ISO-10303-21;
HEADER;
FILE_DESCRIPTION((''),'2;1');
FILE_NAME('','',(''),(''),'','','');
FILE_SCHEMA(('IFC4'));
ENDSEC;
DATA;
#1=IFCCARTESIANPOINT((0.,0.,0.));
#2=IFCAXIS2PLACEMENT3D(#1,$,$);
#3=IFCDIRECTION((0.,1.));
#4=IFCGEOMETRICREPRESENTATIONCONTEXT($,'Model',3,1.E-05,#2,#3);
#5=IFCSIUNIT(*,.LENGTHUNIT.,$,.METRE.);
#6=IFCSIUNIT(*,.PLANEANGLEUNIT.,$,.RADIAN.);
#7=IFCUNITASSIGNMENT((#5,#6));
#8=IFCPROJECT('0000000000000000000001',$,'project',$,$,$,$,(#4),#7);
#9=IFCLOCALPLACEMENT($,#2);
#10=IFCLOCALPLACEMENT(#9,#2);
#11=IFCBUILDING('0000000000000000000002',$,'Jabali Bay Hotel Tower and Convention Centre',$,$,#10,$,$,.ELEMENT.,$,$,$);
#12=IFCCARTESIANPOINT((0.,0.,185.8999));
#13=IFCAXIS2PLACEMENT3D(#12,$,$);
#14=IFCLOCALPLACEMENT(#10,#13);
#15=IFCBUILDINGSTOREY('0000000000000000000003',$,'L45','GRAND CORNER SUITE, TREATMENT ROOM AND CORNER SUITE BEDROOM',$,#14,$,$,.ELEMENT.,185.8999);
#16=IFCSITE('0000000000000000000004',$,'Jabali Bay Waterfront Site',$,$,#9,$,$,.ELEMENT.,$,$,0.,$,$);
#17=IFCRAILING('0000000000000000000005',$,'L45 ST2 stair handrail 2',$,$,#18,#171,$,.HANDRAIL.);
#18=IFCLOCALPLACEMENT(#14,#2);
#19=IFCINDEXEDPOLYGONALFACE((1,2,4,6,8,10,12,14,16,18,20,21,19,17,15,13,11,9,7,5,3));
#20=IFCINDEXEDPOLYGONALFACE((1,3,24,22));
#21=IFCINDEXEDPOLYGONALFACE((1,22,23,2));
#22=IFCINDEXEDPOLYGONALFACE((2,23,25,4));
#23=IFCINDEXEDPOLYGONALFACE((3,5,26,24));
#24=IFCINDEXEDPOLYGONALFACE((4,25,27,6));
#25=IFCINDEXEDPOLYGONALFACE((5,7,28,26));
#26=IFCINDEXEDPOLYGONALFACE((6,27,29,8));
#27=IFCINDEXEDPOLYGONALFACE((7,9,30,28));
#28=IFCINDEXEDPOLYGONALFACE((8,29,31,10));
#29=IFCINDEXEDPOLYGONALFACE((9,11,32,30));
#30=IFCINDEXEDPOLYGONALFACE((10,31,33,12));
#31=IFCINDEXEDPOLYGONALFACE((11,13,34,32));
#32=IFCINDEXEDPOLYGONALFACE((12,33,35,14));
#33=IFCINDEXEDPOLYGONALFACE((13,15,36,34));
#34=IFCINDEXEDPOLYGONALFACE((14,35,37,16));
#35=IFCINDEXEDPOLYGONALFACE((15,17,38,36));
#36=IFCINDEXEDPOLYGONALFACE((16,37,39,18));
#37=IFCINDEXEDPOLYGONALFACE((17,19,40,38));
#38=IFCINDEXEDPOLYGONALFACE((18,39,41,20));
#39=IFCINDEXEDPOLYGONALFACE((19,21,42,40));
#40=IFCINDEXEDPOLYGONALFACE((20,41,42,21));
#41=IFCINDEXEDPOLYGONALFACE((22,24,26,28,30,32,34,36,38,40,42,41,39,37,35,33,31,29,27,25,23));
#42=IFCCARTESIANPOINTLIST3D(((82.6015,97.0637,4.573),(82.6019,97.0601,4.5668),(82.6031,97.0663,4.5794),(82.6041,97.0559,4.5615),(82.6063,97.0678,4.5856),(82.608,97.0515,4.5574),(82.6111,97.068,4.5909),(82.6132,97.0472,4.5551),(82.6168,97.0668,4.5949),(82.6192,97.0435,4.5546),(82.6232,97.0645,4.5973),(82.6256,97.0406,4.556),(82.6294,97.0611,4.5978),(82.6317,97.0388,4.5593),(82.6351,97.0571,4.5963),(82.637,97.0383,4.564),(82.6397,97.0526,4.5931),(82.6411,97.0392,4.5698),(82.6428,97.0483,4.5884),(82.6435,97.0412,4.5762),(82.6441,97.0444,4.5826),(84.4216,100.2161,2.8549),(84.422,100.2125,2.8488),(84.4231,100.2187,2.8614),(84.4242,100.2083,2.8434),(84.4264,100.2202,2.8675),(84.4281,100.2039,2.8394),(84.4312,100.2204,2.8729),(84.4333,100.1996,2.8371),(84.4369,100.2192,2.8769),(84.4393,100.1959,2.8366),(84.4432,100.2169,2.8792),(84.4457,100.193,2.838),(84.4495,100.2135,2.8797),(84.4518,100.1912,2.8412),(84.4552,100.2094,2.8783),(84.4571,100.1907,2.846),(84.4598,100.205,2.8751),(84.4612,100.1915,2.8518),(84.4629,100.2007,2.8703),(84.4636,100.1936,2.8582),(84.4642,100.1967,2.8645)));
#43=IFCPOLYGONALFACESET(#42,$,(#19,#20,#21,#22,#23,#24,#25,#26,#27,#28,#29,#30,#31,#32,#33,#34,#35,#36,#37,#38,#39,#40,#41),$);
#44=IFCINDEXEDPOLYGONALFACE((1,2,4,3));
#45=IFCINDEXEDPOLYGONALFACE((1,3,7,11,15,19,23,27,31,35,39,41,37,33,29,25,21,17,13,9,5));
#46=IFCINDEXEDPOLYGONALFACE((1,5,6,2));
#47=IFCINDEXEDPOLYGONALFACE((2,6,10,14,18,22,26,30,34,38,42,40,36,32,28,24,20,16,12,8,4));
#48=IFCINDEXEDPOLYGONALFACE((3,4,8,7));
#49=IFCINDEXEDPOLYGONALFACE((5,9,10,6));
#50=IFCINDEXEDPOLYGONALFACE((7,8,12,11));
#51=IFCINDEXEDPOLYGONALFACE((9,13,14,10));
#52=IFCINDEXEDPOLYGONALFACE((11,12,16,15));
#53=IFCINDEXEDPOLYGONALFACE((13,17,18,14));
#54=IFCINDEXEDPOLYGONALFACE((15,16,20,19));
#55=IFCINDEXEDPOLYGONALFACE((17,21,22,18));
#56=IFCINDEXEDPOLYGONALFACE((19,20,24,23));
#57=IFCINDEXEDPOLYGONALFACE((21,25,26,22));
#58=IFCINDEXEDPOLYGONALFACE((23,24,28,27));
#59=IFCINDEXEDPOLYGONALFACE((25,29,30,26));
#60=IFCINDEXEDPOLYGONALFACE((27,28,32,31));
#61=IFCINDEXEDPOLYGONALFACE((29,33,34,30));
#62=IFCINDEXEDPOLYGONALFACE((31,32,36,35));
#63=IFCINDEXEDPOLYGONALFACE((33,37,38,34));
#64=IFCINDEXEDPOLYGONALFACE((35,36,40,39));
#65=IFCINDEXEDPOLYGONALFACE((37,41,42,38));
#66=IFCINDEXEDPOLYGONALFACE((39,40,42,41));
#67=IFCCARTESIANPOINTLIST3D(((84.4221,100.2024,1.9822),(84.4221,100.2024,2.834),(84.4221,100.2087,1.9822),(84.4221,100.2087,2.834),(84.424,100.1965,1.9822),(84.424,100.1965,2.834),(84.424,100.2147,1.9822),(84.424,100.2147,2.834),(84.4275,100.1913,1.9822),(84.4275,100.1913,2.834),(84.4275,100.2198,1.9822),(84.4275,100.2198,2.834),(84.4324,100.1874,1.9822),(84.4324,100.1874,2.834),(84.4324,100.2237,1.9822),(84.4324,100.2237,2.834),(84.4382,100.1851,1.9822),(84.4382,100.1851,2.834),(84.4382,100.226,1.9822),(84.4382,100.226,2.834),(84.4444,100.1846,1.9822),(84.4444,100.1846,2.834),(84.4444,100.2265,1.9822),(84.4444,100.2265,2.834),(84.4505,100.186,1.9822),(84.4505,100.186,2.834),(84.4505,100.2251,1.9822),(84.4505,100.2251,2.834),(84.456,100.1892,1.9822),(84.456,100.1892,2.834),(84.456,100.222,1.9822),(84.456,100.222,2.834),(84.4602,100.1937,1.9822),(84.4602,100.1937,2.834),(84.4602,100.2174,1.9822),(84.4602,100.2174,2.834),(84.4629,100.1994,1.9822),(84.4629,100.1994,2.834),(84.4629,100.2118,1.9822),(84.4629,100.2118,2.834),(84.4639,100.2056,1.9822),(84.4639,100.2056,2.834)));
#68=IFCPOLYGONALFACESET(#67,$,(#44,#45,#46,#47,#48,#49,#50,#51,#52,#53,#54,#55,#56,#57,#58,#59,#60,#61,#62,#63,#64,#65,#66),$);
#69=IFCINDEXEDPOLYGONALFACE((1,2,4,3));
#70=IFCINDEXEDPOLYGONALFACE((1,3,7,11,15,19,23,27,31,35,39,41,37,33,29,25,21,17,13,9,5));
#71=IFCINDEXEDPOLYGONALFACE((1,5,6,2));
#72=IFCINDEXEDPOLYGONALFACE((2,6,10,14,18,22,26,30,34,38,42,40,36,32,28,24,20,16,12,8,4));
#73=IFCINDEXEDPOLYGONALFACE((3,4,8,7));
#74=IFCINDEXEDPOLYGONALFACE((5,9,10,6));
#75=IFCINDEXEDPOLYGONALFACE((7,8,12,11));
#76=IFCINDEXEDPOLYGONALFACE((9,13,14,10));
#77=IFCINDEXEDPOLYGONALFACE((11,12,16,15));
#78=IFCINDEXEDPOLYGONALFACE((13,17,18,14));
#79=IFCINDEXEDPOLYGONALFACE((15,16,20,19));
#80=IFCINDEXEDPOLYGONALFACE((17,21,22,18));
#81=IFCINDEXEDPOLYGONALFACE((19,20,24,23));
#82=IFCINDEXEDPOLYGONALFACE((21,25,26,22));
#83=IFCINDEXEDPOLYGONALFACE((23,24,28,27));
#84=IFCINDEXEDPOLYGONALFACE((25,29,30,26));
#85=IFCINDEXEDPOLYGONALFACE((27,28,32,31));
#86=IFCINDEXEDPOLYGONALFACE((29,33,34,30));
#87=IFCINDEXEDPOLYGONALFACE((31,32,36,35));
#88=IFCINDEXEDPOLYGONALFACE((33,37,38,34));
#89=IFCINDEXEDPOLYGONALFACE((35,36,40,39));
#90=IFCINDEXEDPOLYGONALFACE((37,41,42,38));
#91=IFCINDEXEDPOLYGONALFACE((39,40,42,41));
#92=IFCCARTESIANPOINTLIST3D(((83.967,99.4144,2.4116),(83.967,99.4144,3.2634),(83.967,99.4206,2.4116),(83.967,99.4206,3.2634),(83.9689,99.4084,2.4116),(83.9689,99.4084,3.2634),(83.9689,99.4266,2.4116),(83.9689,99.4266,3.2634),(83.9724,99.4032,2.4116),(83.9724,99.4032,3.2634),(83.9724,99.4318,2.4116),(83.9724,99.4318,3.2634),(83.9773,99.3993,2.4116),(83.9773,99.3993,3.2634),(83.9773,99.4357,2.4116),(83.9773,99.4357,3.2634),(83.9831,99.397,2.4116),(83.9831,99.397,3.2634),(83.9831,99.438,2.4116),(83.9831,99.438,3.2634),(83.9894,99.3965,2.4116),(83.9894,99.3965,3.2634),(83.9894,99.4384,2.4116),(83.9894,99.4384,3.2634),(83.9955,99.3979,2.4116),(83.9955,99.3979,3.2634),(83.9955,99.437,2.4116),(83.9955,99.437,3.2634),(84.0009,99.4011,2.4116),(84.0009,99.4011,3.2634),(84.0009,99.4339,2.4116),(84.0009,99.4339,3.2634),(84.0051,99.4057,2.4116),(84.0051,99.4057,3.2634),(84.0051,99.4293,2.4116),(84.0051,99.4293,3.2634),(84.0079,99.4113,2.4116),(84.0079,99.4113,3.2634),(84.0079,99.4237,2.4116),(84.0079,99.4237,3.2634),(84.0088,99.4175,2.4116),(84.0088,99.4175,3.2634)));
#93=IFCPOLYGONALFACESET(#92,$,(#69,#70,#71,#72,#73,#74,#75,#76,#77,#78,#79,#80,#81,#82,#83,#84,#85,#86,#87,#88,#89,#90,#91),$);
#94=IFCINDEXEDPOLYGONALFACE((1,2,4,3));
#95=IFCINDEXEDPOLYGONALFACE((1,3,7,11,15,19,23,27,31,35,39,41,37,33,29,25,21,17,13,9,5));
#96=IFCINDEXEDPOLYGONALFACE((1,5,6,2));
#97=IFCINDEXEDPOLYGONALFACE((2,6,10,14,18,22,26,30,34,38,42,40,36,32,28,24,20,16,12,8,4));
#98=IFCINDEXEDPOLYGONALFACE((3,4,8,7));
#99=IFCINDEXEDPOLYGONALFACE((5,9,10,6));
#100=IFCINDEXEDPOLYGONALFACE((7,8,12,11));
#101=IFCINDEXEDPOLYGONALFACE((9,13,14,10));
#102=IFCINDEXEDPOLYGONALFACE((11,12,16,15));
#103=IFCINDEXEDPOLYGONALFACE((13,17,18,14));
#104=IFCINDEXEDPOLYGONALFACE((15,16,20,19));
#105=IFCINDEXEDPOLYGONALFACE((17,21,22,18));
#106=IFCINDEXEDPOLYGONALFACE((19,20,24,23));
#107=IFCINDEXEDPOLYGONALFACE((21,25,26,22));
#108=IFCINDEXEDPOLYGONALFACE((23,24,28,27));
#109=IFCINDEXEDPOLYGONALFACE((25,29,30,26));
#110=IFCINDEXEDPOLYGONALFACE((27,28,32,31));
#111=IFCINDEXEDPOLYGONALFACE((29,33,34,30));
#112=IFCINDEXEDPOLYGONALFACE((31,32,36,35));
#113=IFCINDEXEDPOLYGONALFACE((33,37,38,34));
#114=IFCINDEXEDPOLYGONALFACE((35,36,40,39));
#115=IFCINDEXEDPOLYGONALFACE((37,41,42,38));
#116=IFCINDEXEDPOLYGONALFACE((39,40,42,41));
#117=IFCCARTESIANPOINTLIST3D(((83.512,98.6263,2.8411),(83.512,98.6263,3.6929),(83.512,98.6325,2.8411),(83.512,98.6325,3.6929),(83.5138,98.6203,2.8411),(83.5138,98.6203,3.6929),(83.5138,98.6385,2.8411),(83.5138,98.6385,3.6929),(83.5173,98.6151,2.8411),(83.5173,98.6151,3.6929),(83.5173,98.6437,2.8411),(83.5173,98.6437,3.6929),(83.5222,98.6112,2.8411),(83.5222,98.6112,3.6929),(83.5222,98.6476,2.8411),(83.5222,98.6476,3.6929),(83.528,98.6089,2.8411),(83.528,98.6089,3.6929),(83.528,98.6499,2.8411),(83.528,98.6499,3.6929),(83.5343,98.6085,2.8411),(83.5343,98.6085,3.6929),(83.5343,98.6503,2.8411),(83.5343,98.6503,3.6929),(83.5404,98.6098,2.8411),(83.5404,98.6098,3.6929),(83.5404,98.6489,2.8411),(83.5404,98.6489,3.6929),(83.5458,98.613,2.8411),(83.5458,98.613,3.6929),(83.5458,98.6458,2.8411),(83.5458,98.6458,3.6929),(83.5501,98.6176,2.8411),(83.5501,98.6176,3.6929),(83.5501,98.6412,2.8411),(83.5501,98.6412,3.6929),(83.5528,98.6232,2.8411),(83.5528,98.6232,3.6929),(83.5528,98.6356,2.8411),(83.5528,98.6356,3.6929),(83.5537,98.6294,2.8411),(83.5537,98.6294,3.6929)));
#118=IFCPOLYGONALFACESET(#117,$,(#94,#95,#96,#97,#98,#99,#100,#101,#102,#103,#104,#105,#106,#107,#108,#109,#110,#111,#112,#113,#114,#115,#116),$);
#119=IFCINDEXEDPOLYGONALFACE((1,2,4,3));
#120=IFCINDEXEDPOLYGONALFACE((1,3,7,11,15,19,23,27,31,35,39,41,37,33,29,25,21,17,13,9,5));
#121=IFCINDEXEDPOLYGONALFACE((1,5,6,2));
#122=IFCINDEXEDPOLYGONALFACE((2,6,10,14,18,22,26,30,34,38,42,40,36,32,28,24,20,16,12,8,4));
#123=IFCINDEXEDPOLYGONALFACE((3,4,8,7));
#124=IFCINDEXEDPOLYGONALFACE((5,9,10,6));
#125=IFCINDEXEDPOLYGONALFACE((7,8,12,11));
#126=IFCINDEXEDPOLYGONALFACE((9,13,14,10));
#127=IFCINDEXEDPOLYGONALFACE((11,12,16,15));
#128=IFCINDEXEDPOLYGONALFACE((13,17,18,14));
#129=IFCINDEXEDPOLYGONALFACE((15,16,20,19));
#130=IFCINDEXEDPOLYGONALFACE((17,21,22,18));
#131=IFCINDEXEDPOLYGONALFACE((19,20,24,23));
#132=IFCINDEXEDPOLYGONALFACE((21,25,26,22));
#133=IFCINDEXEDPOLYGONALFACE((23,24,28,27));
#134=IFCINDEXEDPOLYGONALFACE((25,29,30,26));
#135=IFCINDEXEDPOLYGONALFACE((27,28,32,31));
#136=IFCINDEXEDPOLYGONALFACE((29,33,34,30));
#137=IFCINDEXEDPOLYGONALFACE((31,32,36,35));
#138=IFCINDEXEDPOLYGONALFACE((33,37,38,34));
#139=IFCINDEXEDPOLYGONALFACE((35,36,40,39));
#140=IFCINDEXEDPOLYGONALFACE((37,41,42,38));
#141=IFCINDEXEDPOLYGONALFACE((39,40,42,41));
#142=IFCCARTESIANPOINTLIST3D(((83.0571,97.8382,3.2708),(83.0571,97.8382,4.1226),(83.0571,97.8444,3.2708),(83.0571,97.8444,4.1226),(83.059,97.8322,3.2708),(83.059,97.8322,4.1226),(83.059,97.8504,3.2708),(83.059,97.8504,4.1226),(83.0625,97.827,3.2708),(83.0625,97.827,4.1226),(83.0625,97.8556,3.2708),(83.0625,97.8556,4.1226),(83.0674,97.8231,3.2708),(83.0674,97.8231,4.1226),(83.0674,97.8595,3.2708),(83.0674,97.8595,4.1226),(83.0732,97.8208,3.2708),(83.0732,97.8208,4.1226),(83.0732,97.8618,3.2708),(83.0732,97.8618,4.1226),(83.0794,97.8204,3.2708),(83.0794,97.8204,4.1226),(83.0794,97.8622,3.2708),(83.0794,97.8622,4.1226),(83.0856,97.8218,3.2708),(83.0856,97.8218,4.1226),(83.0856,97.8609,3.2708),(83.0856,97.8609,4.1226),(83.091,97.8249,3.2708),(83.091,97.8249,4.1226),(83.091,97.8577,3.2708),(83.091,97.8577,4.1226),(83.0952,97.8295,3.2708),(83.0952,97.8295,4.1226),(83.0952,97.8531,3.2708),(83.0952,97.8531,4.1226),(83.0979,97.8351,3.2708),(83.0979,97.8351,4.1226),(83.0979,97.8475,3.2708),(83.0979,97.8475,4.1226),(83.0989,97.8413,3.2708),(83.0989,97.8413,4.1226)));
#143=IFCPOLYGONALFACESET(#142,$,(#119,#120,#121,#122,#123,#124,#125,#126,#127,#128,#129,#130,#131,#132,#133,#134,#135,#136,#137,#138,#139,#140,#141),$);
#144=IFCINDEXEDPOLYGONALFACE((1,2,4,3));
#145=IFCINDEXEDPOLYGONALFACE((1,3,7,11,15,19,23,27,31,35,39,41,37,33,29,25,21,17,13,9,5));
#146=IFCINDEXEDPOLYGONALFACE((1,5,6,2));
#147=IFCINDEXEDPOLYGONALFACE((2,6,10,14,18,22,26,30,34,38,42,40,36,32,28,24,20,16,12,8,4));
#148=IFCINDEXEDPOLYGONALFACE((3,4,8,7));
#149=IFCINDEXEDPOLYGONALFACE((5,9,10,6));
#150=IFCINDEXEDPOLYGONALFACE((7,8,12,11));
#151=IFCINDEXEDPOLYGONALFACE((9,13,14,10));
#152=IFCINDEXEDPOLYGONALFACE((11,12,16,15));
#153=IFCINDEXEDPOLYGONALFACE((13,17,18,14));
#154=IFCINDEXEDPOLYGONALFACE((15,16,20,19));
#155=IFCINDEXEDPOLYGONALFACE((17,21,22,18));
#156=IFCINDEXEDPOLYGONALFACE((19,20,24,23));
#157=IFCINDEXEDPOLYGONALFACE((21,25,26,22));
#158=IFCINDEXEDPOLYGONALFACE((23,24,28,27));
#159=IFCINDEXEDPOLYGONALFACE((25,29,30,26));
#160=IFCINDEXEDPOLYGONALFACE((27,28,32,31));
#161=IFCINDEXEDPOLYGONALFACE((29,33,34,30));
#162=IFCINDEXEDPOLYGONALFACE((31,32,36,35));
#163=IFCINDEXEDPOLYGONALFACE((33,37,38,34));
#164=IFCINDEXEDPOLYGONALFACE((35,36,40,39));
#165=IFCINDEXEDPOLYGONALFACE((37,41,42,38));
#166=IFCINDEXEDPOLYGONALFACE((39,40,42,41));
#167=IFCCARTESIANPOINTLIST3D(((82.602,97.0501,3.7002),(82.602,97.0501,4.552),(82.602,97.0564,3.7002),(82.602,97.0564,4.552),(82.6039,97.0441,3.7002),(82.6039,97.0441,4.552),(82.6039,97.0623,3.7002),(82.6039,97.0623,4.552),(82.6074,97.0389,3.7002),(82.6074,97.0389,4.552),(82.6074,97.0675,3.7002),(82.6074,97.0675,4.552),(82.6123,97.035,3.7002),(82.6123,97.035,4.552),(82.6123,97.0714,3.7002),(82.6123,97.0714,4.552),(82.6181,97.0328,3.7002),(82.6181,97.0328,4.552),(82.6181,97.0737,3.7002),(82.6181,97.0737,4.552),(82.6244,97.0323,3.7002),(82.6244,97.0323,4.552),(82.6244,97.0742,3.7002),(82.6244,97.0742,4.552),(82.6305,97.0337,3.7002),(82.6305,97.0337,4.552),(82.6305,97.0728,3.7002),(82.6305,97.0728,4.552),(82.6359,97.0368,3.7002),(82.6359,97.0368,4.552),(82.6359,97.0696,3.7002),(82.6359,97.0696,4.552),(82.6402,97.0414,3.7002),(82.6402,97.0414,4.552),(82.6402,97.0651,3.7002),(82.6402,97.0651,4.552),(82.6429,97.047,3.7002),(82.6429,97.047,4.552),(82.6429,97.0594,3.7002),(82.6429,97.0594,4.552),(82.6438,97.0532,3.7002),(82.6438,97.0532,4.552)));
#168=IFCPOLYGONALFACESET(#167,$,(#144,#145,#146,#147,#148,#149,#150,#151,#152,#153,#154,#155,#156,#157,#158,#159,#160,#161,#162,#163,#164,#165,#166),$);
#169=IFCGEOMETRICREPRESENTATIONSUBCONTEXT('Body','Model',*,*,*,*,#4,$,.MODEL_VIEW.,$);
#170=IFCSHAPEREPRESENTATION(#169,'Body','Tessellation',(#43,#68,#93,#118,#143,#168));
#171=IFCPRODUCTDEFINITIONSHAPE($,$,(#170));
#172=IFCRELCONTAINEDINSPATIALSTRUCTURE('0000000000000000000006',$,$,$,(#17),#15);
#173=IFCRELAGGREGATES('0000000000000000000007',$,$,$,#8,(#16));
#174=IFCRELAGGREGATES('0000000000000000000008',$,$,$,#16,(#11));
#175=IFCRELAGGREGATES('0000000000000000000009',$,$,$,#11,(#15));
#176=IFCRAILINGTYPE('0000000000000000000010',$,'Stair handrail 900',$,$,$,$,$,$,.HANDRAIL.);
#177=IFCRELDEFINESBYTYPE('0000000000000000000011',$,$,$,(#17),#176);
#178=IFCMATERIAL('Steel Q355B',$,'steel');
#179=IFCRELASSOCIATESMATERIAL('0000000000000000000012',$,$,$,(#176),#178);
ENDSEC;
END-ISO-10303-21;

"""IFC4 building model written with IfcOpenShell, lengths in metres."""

from ifc_helpers import new_model, si_unit, direction, frame, origin, origin_2d, place, context, subcontext, project, spatial, circle, extrude, material, type_object, element, save


model = new_model("IFC4")

# Units and contexts
model_context = context("Model", 3, precision=1e-05, world=origin(), true_north=direction((0.0, 1.0)))
body_context = subcontext(model_context, "Body", "Model", "MODEL_VIEW")
ifc_project = project(units=[si_unit("LENGTHUNIT", "METRE"), si_unit("PLANEANGLEUNIT", "RADIAN")], contexts=[model_context])

# Site, building, storey
site_placement = place(None, origin())
site = spatial("IfcSite", under=ifc_project, at=site_placement, Name="Jabali Bay Waterfront Site", CompositionType="ELEMENT", RefElevation=0.0)
building_placement = place(site_placement, origin())
building = spatial("IfcBuilding", under=site, at=building_placement, Name="Jabali Bay Hotel Tower and Convention Centre", CompositionType="ELEMENT")
storey_placement = place(building_placement, frame((0.0, 0.0, 185.8999)))
storey = spatial("IfcBuildingStorey", under=building, at=storey_placement, Name="L45", Description="GRAND CORNER SUITE, TREATMENT ROOM AND CORNER SUITE BEDROOM", CompositionType="ELEMENT", Elevation=185.8999)

# Railing
ifc_material_1 = material(Name="Steel Q355B", Category="steel")
railing_type_1 = type_object("IfcRailingType", Name="Stair handrail 900", PredefinedType="HANDRAIL", material=ifc_material_1)
railing_1_placement = place(storey_placement, frame((84.4429, 100.2056, 1.9822)))
element("IfcRailing", 1, at=railing_1_placement, inside=storey, type_object=railing_type_1, Name="L45 ST2 stair handrail 2", PredefinedType="HANDRAIL", context=body_context, shape_type="SweptSolid", body=[
    extrude(circle(Radius=0.0239, at=origin_2d()), frame((0.0, 0.0, 0.876), z_axis=(-0.452179, -0.78317, 0.426825), x_axis=(0.866018, -0.500013, 0.0)), (0.0, 0.0, 1.0), 4.0251),
    extrude(circle(Radius=0.021, at=origin_2d()), origin(), (0.0, 0.0, 1.0), 0.8518),
    extrude(circle(Radius=0.021, at=origin_2d()), frame((-0.4551, -0.7881, 0.4294)), (0.0, 0.0, 1.0), 0.8518),
    extrude(circle(Radius=0.021, at=origin_2d()), frame((-0.9102, -1.5762, 0.8589)), (0.0, 0.0, 1.0), 0.8518),
    extrude(circle(Radius=0.021, at=origin_2d()), frame((-1.365, -2.3643, 1.2886)), (0.0, 0.0, 1.0), 0.8518),
    extrude(circle(Radius=0.021, at=origin_2d()), frame((-1.8201, -3.1523, 1.718)), (0.0, 0.0, 1.0), 0.8518),
])

save(model, "model.ifc")
